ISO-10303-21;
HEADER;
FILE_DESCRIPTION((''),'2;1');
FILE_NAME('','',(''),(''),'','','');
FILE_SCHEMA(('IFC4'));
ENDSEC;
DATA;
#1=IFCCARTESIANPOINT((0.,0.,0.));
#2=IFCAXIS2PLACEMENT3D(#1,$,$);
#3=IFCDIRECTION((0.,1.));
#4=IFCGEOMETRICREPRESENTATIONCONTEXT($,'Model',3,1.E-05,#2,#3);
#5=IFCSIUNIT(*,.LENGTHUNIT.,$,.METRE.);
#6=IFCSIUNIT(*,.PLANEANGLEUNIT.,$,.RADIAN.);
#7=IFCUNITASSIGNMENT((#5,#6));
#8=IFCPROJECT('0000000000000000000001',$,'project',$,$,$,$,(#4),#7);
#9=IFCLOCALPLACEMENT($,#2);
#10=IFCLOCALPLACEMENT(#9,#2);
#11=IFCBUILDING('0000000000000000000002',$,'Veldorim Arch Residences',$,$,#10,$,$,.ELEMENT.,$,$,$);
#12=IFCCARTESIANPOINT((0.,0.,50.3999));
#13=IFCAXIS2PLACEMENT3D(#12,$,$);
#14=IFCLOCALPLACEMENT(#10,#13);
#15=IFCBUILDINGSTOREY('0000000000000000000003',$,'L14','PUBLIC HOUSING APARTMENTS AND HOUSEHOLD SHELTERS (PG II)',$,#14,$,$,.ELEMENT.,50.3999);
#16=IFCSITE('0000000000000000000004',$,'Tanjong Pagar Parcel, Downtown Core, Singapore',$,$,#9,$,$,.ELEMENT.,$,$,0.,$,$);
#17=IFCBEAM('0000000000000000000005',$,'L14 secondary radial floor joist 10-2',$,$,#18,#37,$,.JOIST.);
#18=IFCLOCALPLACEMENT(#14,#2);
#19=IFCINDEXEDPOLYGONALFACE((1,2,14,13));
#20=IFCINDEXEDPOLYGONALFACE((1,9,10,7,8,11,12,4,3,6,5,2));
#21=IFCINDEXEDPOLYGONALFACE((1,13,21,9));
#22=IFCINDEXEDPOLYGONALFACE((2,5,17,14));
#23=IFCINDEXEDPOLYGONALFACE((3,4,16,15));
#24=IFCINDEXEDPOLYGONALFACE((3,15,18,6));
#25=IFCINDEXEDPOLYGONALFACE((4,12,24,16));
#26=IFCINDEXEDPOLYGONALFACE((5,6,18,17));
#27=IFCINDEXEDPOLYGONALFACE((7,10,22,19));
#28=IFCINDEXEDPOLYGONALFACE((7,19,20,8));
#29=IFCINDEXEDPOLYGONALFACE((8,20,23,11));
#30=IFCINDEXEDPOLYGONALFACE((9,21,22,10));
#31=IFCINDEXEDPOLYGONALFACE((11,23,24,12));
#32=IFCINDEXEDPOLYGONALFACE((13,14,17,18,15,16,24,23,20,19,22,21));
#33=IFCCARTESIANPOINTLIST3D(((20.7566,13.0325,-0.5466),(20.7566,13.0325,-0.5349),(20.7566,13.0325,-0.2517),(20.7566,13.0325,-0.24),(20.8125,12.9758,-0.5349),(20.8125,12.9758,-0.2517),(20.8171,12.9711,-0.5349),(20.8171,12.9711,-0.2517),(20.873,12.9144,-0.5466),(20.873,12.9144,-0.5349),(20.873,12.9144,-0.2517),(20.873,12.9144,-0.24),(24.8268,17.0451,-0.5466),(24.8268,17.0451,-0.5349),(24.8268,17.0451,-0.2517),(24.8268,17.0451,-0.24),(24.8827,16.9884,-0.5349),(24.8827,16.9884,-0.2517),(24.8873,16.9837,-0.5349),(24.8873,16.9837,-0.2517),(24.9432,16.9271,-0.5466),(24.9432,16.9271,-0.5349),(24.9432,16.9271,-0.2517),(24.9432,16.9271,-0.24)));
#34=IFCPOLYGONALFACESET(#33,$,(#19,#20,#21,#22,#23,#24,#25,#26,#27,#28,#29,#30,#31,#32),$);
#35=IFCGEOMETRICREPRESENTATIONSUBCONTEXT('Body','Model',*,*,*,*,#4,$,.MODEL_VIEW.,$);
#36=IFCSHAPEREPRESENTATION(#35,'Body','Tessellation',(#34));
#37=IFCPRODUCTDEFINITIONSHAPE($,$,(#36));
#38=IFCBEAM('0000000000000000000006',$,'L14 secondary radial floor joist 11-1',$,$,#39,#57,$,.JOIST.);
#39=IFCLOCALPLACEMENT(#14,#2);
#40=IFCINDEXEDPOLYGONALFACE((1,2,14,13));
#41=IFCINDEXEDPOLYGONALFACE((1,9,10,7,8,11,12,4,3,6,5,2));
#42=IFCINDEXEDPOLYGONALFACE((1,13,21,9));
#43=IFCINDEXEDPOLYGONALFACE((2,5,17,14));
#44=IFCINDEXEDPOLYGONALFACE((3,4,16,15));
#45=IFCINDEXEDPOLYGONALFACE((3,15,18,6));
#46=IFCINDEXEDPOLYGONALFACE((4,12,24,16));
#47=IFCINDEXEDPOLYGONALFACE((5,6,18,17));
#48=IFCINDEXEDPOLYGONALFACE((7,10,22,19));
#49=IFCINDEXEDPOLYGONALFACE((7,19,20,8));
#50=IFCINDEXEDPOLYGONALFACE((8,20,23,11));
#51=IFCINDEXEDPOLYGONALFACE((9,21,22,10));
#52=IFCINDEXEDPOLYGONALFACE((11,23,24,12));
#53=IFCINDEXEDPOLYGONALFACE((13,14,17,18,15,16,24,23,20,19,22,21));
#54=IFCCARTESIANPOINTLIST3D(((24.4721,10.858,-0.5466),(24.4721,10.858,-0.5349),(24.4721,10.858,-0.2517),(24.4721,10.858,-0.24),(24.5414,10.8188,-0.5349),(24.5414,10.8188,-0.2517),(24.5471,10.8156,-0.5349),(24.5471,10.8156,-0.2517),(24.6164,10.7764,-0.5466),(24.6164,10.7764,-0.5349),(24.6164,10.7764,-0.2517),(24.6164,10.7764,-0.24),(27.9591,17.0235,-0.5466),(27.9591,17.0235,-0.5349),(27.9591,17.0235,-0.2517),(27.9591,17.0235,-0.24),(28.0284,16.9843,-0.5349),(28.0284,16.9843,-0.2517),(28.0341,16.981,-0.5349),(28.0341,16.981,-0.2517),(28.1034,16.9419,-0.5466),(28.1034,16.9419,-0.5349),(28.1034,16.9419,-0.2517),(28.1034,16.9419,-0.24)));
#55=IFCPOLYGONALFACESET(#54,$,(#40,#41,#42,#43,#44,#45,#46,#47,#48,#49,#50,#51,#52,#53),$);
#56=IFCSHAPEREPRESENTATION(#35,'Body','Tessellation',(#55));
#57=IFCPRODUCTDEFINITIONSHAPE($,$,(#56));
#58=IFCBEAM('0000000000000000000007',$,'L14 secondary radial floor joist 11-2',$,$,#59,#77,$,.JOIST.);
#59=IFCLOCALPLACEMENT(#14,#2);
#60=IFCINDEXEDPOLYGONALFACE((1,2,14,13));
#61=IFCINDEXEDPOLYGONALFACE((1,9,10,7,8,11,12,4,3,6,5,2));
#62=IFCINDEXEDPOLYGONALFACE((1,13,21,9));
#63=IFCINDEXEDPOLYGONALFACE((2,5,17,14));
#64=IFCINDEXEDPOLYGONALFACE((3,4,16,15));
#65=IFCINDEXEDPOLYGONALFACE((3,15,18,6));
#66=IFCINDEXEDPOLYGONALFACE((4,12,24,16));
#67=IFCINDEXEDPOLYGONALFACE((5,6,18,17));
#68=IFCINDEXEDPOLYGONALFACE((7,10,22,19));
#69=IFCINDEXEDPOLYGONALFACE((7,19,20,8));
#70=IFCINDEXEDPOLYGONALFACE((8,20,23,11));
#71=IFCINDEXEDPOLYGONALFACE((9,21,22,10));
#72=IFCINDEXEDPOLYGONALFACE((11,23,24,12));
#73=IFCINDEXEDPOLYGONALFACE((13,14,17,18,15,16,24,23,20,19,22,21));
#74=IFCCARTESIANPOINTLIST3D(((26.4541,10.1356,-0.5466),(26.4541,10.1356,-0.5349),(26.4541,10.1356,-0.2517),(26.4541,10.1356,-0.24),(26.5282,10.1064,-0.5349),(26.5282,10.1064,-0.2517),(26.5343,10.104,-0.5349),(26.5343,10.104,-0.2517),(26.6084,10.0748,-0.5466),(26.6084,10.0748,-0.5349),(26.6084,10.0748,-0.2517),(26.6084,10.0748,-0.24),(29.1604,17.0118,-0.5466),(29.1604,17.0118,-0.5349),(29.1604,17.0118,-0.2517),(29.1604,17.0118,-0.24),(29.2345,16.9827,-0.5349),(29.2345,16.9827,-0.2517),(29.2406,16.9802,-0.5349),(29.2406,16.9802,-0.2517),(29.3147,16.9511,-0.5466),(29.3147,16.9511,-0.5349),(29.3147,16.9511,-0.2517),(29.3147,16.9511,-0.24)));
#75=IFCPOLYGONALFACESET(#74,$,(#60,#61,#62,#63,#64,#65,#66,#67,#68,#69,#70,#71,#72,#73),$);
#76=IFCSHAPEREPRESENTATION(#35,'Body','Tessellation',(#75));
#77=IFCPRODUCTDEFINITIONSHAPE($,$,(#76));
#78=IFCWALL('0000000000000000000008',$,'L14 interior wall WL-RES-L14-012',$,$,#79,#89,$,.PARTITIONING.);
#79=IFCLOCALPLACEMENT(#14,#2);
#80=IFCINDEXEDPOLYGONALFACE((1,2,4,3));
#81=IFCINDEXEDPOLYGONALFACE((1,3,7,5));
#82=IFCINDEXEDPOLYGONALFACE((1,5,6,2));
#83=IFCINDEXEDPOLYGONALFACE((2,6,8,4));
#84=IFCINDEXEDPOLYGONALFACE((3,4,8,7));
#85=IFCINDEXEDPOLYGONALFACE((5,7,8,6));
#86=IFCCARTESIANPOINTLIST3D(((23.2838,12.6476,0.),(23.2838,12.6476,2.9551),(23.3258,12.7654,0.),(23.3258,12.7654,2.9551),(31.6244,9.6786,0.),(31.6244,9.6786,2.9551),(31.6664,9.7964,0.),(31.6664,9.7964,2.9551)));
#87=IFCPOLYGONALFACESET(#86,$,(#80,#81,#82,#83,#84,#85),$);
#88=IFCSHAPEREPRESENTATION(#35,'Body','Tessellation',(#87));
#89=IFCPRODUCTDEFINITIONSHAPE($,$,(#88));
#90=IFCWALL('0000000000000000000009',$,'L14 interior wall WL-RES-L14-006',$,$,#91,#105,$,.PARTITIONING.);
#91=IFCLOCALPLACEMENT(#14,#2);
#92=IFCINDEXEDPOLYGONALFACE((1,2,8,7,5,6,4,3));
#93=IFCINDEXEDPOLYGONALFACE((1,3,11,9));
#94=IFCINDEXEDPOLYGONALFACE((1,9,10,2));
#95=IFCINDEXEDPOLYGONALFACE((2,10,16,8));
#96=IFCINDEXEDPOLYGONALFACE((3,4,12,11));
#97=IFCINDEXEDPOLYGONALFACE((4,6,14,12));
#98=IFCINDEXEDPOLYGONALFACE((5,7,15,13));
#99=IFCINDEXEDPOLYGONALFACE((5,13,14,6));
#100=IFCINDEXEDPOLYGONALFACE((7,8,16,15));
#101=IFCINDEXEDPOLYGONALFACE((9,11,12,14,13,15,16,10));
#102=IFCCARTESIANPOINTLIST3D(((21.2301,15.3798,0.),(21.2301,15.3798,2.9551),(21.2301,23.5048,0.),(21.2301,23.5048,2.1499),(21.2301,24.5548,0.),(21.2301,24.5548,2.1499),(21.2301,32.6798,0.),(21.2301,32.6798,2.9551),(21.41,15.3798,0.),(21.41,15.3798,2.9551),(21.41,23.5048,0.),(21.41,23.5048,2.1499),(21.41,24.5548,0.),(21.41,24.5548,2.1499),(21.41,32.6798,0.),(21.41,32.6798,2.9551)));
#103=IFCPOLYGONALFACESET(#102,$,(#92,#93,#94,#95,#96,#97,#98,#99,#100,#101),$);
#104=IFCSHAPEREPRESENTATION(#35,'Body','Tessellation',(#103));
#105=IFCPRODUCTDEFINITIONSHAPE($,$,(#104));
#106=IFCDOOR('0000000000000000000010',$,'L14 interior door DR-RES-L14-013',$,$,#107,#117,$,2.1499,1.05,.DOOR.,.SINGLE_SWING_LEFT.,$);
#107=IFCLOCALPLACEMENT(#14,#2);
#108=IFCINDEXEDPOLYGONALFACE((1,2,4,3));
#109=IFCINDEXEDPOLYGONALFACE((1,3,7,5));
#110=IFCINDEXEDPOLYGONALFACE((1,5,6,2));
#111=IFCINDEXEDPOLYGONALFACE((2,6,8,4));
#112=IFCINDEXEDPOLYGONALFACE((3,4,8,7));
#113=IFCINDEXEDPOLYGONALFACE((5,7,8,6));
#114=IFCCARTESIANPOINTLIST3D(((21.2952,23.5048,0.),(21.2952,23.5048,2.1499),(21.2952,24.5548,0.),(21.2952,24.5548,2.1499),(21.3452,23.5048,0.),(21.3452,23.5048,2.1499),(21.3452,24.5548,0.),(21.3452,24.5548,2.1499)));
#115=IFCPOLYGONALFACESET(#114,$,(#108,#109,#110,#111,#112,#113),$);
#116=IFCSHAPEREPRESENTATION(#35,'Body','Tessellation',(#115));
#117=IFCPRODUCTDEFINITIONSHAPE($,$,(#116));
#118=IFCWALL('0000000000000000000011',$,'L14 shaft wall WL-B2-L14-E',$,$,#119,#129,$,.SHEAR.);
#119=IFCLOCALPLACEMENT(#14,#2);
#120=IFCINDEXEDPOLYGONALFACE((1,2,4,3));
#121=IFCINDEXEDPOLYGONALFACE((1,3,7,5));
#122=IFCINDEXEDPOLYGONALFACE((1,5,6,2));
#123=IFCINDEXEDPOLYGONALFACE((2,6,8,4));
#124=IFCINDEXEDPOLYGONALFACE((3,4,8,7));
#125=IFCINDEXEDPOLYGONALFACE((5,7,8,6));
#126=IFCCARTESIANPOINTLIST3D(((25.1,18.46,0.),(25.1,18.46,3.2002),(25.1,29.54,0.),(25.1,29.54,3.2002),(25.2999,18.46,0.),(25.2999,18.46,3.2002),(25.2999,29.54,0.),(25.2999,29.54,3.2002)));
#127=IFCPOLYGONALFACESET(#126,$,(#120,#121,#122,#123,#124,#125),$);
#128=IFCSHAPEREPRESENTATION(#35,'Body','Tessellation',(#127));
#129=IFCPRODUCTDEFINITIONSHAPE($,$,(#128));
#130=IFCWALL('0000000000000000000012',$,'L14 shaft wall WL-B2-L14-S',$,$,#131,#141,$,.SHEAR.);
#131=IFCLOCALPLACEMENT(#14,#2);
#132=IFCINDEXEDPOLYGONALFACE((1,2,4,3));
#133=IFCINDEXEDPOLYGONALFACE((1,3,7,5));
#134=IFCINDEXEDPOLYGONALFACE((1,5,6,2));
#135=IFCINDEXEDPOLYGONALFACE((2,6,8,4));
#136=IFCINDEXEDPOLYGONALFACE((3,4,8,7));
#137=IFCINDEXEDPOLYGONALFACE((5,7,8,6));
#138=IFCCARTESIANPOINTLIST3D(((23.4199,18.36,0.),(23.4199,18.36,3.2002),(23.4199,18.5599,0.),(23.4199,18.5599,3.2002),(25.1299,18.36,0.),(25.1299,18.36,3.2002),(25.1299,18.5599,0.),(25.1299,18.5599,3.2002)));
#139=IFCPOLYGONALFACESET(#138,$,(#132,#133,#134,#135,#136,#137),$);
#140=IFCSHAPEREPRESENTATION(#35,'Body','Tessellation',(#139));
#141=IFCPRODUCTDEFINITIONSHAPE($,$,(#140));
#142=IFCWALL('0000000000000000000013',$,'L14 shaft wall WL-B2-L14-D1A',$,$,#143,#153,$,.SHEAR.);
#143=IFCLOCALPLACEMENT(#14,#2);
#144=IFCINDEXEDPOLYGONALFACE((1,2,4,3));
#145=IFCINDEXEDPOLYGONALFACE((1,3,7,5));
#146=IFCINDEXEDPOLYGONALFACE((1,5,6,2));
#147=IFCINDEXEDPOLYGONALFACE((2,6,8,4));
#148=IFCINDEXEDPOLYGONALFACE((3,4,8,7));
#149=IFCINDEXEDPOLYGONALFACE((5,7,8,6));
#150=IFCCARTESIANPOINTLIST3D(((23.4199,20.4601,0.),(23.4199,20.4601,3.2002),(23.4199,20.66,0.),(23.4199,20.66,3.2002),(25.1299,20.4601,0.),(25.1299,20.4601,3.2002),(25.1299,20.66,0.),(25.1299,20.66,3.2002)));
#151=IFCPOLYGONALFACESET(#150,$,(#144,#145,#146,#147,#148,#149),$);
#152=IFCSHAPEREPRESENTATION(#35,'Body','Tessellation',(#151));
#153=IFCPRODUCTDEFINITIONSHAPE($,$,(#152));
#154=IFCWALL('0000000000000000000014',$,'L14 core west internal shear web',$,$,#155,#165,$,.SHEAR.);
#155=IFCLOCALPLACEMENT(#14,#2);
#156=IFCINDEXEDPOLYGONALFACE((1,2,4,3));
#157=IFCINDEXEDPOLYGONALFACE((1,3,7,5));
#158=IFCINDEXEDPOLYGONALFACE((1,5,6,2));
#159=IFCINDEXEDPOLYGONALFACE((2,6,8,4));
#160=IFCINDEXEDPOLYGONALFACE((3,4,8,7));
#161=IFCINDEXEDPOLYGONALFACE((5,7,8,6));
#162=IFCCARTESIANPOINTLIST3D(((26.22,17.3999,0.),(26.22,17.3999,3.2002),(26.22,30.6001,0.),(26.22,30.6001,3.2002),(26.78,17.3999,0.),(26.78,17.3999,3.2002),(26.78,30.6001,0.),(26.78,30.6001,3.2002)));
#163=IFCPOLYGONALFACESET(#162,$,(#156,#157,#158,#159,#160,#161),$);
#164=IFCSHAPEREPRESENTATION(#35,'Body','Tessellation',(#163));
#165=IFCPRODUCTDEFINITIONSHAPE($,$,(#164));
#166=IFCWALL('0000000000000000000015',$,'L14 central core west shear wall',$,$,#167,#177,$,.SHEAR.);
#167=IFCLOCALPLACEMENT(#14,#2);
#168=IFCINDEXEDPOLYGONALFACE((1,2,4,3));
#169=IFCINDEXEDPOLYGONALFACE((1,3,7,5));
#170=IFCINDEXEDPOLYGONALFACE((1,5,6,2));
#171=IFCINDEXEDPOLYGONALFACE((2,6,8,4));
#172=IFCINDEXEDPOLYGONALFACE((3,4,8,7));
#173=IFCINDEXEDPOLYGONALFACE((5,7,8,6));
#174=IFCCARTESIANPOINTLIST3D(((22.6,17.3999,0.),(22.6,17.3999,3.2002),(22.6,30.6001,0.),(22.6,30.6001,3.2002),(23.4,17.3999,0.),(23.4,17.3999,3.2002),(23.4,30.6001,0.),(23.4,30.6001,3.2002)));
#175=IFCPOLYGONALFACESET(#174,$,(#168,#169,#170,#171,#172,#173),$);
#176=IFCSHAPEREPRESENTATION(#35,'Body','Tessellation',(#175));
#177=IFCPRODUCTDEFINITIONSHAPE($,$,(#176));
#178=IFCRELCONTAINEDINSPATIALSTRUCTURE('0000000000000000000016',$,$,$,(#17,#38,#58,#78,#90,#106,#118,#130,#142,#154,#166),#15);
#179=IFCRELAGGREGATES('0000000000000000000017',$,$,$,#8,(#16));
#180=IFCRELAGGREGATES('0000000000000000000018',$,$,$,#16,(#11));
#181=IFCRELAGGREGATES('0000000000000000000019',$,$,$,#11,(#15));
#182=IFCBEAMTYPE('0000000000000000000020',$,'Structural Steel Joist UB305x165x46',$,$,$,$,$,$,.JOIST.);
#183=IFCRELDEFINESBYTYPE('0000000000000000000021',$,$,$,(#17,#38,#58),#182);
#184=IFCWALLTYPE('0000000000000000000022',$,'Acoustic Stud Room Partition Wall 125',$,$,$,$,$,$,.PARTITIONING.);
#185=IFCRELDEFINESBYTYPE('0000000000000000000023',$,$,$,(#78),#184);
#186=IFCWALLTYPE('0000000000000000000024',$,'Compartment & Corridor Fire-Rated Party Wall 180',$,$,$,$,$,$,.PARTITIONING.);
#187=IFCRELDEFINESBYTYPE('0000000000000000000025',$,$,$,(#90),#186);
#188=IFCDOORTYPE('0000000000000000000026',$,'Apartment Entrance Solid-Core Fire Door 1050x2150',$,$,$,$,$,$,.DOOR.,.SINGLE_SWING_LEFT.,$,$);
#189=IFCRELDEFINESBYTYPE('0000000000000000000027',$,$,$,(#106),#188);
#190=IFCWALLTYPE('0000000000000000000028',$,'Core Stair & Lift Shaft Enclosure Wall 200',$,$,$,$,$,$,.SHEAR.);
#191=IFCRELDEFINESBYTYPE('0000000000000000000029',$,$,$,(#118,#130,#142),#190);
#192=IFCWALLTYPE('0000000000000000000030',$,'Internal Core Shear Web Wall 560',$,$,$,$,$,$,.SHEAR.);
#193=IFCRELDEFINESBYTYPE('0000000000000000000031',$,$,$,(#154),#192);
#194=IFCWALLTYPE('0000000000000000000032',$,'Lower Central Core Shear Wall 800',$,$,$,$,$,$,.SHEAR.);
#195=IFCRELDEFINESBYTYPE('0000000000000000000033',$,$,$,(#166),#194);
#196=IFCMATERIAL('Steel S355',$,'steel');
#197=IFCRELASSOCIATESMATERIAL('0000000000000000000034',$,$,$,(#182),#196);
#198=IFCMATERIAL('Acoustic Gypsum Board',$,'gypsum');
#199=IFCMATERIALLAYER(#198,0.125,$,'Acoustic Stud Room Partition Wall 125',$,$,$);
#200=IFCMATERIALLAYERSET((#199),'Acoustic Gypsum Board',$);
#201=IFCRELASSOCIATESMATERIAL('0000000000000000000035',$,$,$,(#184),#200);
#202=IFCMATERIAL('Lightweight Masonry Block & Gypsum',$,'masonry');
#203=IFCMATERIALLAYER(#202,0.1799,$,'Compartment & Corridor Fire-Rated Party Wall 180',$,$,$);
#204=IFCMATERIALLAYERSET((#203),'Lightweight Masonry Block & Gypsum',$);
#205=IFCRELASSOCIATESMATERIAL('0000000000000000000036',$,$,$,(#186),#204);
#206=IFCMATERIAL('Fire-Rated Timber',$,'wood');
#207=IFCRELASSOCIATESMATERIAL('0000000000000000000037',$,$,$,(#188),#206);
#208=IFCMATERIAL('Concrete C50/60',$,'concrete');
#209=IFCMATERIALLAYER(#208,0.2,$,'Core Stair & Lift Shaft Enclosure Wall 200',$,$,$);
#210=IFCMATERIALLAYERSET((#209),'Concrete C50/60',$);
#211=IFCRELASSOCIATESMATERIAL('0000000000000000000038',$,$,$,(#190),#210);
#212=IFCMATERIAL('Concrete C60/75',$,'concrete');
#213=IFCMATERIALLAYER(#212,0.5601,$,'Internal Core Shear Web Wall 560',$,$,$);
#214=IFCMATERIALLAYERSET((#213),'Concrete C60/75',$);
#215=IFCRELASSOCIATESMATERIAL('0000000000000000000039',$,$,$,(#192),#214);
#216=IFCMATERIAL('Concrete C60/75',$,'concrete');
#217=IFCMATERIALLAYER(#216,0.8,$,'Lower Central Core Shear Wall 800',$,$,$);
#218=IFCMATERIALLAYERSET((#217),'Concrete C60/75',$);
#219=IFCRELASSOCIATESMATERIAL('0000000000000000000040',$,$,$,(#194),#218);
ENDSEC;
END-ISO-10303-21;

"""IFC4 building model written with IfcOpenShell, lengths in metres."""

from ifc_helpers import new_model, si_unit, direction, frame, frame_2d, origin, origin_2d, place, context, subcontext, project, spatial, rectangle, i_section, extrude, material, layer, layer_set, material_profile, profile_set, type_object, element, fill, save


model = new_model("IFC4")

# Units and contexts
model_context = context("Model", 3, precision=1e-05, world=origin(), true_north=direction((0.0, 1.0)))
body_context = subcontext(model_context, "Body", "Model", "MODEL_VIEW")
ifc_project = project(units=[si_unit("LENGTHUNIT", "METRE"), si_unit("PLANEANGLEUNIT", "RADIAN")], contexts=[model_context])

# Site, building, storey
site_placement = place(None, origin())
site = spatial("IfcSite", under=ifc_project, at=site_placement, Name="Tanjong Pagar Parcel, Downtown Core, Singapore", CompositionType="ELEMENT", RefElevation=0.0)
building_placement = place(site_placement, origin())
building = spatial("IfcBuilding", under=site, at=building_placement, Name="Veldorim Arch Residences", CompositionType="ELEMENT")
storey_placement = place(building_placement, frame((0.0, 0.0, 50.3999)))
storey = spatial("IfcBuildingStorey", under=building, at=storey_placement, Name="L14", Description="PUBLIC HOUSING APARTMENTS AND HOUSEHOLD SHELTERS (PG II)", CompositionType="ELEMENT", Elevation=50.3999)

# Beams
ifc_material_1 = material(Name="Steel S355", Category="steel")
ifc_material_profile_1 = material_profile(ifc_material_1, i_section(OverallWidth=0.1658, OverallDepth=0.3066, WebThickness=0.0066, FlangeThickness=0.0117, at=origin_2d()), Name="UB305x165x46")
ifc_profile_set_1 = profile_set([ifc_material_profile_1], Name="Steel S355")
beam_type_1 = type_object("IfcBeamType", Name="Structural Steel Joist UB305x165x46", PredefinedType="JOIST", material=ifc_profile_set_1)
beam_1_placement = place(storey_placement, frame((24.885, 16.9861, -0.3933), z_axis=(-0.712129, -0.702049, 0.0), x_axis=(0.702049, -0.712129, 0.0)))
element("IfcBeam", 1, at=beam_1_placement, inside=storey, type_object=beam_type_1, Name="L14 secondary radial floor joist 10-2", PredefinedType="JOIST", context=body_context, shape_type="SweptSolid", body=[
    extrude(i_section(OverallWidth=0.1658, OverallDepth=0.3066, WebThickness=0.0066, FlangeThickness=0.0117, at=origin_2d()), origin(), (0.0, 0.0, 1.0), 5.7156),
])
beam_2_placement = place(storey_placement, frame((28.0312, 16.9827, -0.3933), z_axis=(-0.492292, -0.87043, 0.0), x_axis=(0.87043, -0.492292, 0.0)))
element("IfcBeam", 2, at=beam_2_placement, inside=storey, type_object=beam_type_1, Name="L14 secondary radial floor joist 11-1", PredefinedType="JOIST", context=body_context, shape_type="SweptSolid", body=[
    extrude(i_section(OverallWidth=0.1658, OverallDepth=0.3066, WebThickness=0.0066, FlangeThickness=0.0117, at=origin_2d()), origin(), (0.0, 0.0, 1.0), 7.0833),
])
beam_3_placement = place(storey_placement, frame((29.2375, 16.9814, -0.3933), z_axis=(-0.36623, -0.930524, 0.0), x_axis=(0.930524, -0.36623, 0.0)))
element("IfcBeam", 3, at=beam_3_placement, inside=storey, type_object=beam_type_1, Name="L14 secondary radial floor joist 11-2", PredefinedType="JOIST", context=body_context, shape_type="SweptSolid", body=[
    extrude(i_section(OverallWidth=0.1658, OverallDepth=0.3066, WebThickness=0.0066, FlangeThickness=0.0117, at=origin_2d()), origin(), (0.0, 0.0, 1.0), 7.3896),
])

# Wall
ifc_material_2 = material(Name="Acoustic Gypsum Board", Category="gypsum")
ifc_layer_1 = layer(ifc_material_2, 0.125, Name="Acoustic Stud Room Partition Wall 125")
ifc_layer_set_1 = layer_set([ifc_layer_1], Name="Acoustic Gypsum Board")
wall_type_1 = type_object("IfcWallType", Name="Acoustic Stud Room Partition Wall 125", PredefinedType="PARTITIONING", material=ifc_layer_set_1)
wall_1_placement = place(storey_placement, frame((23.3047, 12.7065, 0.0), z_axis=(0.0, 0.0, 1.0), x_axis=(0.942091, -0.335356, 0.0)))
element("IfcWall", 4, at=wall_1_placement, inside=storey, type_object=wall_type_1, Name="L14 interior wall WL-RES-L14-012", PredefinedType="PARTITIONING", context=body_context, shape_type="SweptSolid", body=[
    extrude(rectangle(XDim=8.8533, YDim=0.125, at=frame_2d((4.4268, 0.0))), origin(), (0.0, 0.0, 1.0), 2.9551),
])

# Wall, opening, door
ifc_material_3 = material(Name="Lightweight Masonry Block & Gypsum", Category="masonry")
ifc_layer_2 = layer(ifc_material_3, 0.1799, Name="Compartment & Corridor Fire-Rated Party Wall 180")
ifc_layer_set_2 = layer_set([ifc_layer_2], Name="Lightweight Masonry Block & Gypsum")
wall_type_2 = type_object("IfcWallType", Name="Compartment & Corridor Fire-Rated Party Wall 180", PredefinedType="PARTITIONING", material=ifc_layer_set_2)
wall_2_placement = place(storey_placement, frame((21.3201, 15.3799, 0.0), z_axis=(0.0, 0.0, 1.0), x_axis=(0.0, 1.0, 0.0)))
wall_2 = element("IfcWall", 5, at=wall_2_placement, inside=storey, type_object=wall_type_2, Name="L14 interior wall WL-RES-L14-006", PredefinedType="PARTITIONING", context=body_context, shape_type="SweptSolid", body=[
    extrude(rectangle(XDim=17.3, YDim=0.1799, at=frame_2d((8.6499, 0.0))), origin(), (0.0, 0.0, 1.0), 2.9551),
])
opening_1_placement = place(wall_2_placement, frame((8.125, 0.0, 0.0)))
opening_1 = element("IfcOpeningElement", 6, at=opening_1_placement, cuts=wall_2, PredefinedType="OPENING", context=body_context, shape_type="SweptSolid", body=[
    extrude(rectangle(XDim=1.05, YDim=2.1499, at=frame_2d((0.5249, 1.075))), frame((0.0, 0.0999, 0.0), z_axis=(0.0, -1.0, 0.0), x_axis=(1.0, 0.0, 0.0)), (0.0, 0.0, 1.0), 0.2),
])
ifc_material_4 = material(Name="Fire-Rated Timber", Category="wood")
door_type_1 = type_object("IfcDoorType", Name="Apartment Entrance Solid-Core Fire Door 1050x2150", OperationType="SINGLE_SWING_LEFT", PredefinedType="DOOR", material=ifc_material_4)
door_1_placement = place(opening_1_placement, origin())
door_1 = element("IfcDoor", 7, at=door_1_placement, inside=storey, type_object=door_type_1, Name="L14 interior door DR-RES-L14-013", OperationType="SINGLE_SWING_LEFT", OverallHeight=2.1499, OverallWidth=1.05, PredefinedType="DOOR", context=body_context, shape_type="SweptSolid", body=[
    extrude(rectangle(XDim=1.05, YDim=2.1499, at=frame_2d((0.5249, 1.075))), frame((0.0, 0.0249, 0.0), z_axis=(0.0, -1.0, 0.0), x_axis=(1.0, 0.0, 0.0)), (0.0, 0.0, 1.0), 0.05),
])
fill(opening_1, door_1)
ifc_material_5 = material(Name="Concrete C50/60", Category="concrete")
ifc_layer_3 = layer(ifc_material_5, 0.2, Name="Core Stair & Lift Shaft Enclosure Wall 200")
ifc_layer_set_3 = layer_set([ifc_layer_3], Name="Concrete C50/60")
wall_type_3 = type_object("IfcWallType", Name="Core Stair & Lift Shaft Enclosure Wall 200", PredefinedType="SHEAR", material=ifc_layer_set_3)

# Walls
wall_3_placement = place(storey_placement, frame((25.2, 18.46, 0.0), z_axis=(0.0, 0.0, 1.0), x_axis=(0.0, 1.0, 0.0)))
element("IfcWall", 8, at=wall_3_placement, inside=storey, type_object=wall_type_3, Name="L14 shaft wall WL-B2-L14-E", PredefinedType="SHEAR", context=body_context, shape_type="SweptSolid", body=[
    extrude(rectangle(XDim=11.0801, YDim=0.2, at=frame_2d((5.54, 0.0))), origin(), (0.0, 0.0, 1.0), 3.2002),
])
for number, where, z_axis, x_axis, name in (
    (9, (23.4199, 18.46, 0.0), (0.0, 0.0, 1.0), (1.0, 0.0, 0.0), "L14 shaft wall WL-B2-L14-S"),
    (10, (23.4199, 20.5601, 0.0), (0.0, 0.0, 1.0), (1.0, 0.0, 0.0), "L14 shaft wall WL-B2-L14-D1A"),
):
    element("IfcWall", number, at=place(storey_placement, frame(where, z_axis=z_axis, x_axis=x_axis)), inside=storey, type_object=wall_type_3, Name=name, PredefinedType="SHEAR", context=body_context, shape_type="SweptSolid", body=[
        extrude(rectangle(XDim=1.71, YDim=0.2, at=frame_2d((0.855, 0.0))), origin(), (0.0, 0.0, 1.0), 3.2002),
    ])
ifc_material_6 = material(Name="Concrete C60/75", Category="concrete")
ifc_layer_4 = layer(ifc_material_6, 0.5601, Name="Internal Core Shear Web Wall 560")
ifc_layer_set_4 = layer_set([ifc_layer_4], Name="Concrete C60/75")
wall_type_4 = type_object("IfcWallType", Name="Internal Core Shear Web Wall 560", PredefinedType="SHEAR", material=ifc_layer_set_4)
wall_4_placement = place(storey_placement, frame((26.5, 17.3999, 0.0), z_axis=(0.0, 0.0, 1.0), x_axis=(0.0, 1.0, 0.0)))
element("IfcWall", 11, at=wall_4_placement, inside=storey, type_object=wall_type_4, Name="L14 core west internal shear web", PredefinedType="SHEAR", context=body_context, shape_type="SweptSolid", body=[
    extrude(rectangle(XDim=13.2002, YDim=0.5601, at=frame_2d((6.6001, 0.0))), origin(), (0.0, 0.0, 1.0), 3.2002),
])

# Shared definitions
ifc_material_7 = material(Name="Concrete C60/75", Category="concrete")
ifc_layer_5 = layer(ifc_material_7, 0.8, Name="Lower Central Core Shear Wall 800")
ifc_layer_set_5 = layer_set([ifc_layer_5], Name="Concrete C60/75")
wall_type_5 = type_object("IfcWallType", Name="Lower Central Core Shear Wall 800", PredefinedType="SHEAR", material=ifc_layer_set_5)

# Wall
wall_5_placement = place(storey_placement, frame((23.0, 17.3999, 0.0), z_axis=(0.0, 0.0, 1.0), x_axis=(0.0, 1.0, 0.0)))
element("IfcWall", 12, at=wall_5_placement, inside=storey, type_object=wall_type_5, Name="L14 central core west shear wall", PredefinedType="SHEAR", context=body_context, shape_type="SweptSolid", body=[
    extrude(rectangle(XDim=13.2002, YDim=0.8, at=frame_2d((6.6001, 0.0))), origin(), (0.0, 0.0, 1.0), 3.2002),
])

save(model, "model.ifc")
